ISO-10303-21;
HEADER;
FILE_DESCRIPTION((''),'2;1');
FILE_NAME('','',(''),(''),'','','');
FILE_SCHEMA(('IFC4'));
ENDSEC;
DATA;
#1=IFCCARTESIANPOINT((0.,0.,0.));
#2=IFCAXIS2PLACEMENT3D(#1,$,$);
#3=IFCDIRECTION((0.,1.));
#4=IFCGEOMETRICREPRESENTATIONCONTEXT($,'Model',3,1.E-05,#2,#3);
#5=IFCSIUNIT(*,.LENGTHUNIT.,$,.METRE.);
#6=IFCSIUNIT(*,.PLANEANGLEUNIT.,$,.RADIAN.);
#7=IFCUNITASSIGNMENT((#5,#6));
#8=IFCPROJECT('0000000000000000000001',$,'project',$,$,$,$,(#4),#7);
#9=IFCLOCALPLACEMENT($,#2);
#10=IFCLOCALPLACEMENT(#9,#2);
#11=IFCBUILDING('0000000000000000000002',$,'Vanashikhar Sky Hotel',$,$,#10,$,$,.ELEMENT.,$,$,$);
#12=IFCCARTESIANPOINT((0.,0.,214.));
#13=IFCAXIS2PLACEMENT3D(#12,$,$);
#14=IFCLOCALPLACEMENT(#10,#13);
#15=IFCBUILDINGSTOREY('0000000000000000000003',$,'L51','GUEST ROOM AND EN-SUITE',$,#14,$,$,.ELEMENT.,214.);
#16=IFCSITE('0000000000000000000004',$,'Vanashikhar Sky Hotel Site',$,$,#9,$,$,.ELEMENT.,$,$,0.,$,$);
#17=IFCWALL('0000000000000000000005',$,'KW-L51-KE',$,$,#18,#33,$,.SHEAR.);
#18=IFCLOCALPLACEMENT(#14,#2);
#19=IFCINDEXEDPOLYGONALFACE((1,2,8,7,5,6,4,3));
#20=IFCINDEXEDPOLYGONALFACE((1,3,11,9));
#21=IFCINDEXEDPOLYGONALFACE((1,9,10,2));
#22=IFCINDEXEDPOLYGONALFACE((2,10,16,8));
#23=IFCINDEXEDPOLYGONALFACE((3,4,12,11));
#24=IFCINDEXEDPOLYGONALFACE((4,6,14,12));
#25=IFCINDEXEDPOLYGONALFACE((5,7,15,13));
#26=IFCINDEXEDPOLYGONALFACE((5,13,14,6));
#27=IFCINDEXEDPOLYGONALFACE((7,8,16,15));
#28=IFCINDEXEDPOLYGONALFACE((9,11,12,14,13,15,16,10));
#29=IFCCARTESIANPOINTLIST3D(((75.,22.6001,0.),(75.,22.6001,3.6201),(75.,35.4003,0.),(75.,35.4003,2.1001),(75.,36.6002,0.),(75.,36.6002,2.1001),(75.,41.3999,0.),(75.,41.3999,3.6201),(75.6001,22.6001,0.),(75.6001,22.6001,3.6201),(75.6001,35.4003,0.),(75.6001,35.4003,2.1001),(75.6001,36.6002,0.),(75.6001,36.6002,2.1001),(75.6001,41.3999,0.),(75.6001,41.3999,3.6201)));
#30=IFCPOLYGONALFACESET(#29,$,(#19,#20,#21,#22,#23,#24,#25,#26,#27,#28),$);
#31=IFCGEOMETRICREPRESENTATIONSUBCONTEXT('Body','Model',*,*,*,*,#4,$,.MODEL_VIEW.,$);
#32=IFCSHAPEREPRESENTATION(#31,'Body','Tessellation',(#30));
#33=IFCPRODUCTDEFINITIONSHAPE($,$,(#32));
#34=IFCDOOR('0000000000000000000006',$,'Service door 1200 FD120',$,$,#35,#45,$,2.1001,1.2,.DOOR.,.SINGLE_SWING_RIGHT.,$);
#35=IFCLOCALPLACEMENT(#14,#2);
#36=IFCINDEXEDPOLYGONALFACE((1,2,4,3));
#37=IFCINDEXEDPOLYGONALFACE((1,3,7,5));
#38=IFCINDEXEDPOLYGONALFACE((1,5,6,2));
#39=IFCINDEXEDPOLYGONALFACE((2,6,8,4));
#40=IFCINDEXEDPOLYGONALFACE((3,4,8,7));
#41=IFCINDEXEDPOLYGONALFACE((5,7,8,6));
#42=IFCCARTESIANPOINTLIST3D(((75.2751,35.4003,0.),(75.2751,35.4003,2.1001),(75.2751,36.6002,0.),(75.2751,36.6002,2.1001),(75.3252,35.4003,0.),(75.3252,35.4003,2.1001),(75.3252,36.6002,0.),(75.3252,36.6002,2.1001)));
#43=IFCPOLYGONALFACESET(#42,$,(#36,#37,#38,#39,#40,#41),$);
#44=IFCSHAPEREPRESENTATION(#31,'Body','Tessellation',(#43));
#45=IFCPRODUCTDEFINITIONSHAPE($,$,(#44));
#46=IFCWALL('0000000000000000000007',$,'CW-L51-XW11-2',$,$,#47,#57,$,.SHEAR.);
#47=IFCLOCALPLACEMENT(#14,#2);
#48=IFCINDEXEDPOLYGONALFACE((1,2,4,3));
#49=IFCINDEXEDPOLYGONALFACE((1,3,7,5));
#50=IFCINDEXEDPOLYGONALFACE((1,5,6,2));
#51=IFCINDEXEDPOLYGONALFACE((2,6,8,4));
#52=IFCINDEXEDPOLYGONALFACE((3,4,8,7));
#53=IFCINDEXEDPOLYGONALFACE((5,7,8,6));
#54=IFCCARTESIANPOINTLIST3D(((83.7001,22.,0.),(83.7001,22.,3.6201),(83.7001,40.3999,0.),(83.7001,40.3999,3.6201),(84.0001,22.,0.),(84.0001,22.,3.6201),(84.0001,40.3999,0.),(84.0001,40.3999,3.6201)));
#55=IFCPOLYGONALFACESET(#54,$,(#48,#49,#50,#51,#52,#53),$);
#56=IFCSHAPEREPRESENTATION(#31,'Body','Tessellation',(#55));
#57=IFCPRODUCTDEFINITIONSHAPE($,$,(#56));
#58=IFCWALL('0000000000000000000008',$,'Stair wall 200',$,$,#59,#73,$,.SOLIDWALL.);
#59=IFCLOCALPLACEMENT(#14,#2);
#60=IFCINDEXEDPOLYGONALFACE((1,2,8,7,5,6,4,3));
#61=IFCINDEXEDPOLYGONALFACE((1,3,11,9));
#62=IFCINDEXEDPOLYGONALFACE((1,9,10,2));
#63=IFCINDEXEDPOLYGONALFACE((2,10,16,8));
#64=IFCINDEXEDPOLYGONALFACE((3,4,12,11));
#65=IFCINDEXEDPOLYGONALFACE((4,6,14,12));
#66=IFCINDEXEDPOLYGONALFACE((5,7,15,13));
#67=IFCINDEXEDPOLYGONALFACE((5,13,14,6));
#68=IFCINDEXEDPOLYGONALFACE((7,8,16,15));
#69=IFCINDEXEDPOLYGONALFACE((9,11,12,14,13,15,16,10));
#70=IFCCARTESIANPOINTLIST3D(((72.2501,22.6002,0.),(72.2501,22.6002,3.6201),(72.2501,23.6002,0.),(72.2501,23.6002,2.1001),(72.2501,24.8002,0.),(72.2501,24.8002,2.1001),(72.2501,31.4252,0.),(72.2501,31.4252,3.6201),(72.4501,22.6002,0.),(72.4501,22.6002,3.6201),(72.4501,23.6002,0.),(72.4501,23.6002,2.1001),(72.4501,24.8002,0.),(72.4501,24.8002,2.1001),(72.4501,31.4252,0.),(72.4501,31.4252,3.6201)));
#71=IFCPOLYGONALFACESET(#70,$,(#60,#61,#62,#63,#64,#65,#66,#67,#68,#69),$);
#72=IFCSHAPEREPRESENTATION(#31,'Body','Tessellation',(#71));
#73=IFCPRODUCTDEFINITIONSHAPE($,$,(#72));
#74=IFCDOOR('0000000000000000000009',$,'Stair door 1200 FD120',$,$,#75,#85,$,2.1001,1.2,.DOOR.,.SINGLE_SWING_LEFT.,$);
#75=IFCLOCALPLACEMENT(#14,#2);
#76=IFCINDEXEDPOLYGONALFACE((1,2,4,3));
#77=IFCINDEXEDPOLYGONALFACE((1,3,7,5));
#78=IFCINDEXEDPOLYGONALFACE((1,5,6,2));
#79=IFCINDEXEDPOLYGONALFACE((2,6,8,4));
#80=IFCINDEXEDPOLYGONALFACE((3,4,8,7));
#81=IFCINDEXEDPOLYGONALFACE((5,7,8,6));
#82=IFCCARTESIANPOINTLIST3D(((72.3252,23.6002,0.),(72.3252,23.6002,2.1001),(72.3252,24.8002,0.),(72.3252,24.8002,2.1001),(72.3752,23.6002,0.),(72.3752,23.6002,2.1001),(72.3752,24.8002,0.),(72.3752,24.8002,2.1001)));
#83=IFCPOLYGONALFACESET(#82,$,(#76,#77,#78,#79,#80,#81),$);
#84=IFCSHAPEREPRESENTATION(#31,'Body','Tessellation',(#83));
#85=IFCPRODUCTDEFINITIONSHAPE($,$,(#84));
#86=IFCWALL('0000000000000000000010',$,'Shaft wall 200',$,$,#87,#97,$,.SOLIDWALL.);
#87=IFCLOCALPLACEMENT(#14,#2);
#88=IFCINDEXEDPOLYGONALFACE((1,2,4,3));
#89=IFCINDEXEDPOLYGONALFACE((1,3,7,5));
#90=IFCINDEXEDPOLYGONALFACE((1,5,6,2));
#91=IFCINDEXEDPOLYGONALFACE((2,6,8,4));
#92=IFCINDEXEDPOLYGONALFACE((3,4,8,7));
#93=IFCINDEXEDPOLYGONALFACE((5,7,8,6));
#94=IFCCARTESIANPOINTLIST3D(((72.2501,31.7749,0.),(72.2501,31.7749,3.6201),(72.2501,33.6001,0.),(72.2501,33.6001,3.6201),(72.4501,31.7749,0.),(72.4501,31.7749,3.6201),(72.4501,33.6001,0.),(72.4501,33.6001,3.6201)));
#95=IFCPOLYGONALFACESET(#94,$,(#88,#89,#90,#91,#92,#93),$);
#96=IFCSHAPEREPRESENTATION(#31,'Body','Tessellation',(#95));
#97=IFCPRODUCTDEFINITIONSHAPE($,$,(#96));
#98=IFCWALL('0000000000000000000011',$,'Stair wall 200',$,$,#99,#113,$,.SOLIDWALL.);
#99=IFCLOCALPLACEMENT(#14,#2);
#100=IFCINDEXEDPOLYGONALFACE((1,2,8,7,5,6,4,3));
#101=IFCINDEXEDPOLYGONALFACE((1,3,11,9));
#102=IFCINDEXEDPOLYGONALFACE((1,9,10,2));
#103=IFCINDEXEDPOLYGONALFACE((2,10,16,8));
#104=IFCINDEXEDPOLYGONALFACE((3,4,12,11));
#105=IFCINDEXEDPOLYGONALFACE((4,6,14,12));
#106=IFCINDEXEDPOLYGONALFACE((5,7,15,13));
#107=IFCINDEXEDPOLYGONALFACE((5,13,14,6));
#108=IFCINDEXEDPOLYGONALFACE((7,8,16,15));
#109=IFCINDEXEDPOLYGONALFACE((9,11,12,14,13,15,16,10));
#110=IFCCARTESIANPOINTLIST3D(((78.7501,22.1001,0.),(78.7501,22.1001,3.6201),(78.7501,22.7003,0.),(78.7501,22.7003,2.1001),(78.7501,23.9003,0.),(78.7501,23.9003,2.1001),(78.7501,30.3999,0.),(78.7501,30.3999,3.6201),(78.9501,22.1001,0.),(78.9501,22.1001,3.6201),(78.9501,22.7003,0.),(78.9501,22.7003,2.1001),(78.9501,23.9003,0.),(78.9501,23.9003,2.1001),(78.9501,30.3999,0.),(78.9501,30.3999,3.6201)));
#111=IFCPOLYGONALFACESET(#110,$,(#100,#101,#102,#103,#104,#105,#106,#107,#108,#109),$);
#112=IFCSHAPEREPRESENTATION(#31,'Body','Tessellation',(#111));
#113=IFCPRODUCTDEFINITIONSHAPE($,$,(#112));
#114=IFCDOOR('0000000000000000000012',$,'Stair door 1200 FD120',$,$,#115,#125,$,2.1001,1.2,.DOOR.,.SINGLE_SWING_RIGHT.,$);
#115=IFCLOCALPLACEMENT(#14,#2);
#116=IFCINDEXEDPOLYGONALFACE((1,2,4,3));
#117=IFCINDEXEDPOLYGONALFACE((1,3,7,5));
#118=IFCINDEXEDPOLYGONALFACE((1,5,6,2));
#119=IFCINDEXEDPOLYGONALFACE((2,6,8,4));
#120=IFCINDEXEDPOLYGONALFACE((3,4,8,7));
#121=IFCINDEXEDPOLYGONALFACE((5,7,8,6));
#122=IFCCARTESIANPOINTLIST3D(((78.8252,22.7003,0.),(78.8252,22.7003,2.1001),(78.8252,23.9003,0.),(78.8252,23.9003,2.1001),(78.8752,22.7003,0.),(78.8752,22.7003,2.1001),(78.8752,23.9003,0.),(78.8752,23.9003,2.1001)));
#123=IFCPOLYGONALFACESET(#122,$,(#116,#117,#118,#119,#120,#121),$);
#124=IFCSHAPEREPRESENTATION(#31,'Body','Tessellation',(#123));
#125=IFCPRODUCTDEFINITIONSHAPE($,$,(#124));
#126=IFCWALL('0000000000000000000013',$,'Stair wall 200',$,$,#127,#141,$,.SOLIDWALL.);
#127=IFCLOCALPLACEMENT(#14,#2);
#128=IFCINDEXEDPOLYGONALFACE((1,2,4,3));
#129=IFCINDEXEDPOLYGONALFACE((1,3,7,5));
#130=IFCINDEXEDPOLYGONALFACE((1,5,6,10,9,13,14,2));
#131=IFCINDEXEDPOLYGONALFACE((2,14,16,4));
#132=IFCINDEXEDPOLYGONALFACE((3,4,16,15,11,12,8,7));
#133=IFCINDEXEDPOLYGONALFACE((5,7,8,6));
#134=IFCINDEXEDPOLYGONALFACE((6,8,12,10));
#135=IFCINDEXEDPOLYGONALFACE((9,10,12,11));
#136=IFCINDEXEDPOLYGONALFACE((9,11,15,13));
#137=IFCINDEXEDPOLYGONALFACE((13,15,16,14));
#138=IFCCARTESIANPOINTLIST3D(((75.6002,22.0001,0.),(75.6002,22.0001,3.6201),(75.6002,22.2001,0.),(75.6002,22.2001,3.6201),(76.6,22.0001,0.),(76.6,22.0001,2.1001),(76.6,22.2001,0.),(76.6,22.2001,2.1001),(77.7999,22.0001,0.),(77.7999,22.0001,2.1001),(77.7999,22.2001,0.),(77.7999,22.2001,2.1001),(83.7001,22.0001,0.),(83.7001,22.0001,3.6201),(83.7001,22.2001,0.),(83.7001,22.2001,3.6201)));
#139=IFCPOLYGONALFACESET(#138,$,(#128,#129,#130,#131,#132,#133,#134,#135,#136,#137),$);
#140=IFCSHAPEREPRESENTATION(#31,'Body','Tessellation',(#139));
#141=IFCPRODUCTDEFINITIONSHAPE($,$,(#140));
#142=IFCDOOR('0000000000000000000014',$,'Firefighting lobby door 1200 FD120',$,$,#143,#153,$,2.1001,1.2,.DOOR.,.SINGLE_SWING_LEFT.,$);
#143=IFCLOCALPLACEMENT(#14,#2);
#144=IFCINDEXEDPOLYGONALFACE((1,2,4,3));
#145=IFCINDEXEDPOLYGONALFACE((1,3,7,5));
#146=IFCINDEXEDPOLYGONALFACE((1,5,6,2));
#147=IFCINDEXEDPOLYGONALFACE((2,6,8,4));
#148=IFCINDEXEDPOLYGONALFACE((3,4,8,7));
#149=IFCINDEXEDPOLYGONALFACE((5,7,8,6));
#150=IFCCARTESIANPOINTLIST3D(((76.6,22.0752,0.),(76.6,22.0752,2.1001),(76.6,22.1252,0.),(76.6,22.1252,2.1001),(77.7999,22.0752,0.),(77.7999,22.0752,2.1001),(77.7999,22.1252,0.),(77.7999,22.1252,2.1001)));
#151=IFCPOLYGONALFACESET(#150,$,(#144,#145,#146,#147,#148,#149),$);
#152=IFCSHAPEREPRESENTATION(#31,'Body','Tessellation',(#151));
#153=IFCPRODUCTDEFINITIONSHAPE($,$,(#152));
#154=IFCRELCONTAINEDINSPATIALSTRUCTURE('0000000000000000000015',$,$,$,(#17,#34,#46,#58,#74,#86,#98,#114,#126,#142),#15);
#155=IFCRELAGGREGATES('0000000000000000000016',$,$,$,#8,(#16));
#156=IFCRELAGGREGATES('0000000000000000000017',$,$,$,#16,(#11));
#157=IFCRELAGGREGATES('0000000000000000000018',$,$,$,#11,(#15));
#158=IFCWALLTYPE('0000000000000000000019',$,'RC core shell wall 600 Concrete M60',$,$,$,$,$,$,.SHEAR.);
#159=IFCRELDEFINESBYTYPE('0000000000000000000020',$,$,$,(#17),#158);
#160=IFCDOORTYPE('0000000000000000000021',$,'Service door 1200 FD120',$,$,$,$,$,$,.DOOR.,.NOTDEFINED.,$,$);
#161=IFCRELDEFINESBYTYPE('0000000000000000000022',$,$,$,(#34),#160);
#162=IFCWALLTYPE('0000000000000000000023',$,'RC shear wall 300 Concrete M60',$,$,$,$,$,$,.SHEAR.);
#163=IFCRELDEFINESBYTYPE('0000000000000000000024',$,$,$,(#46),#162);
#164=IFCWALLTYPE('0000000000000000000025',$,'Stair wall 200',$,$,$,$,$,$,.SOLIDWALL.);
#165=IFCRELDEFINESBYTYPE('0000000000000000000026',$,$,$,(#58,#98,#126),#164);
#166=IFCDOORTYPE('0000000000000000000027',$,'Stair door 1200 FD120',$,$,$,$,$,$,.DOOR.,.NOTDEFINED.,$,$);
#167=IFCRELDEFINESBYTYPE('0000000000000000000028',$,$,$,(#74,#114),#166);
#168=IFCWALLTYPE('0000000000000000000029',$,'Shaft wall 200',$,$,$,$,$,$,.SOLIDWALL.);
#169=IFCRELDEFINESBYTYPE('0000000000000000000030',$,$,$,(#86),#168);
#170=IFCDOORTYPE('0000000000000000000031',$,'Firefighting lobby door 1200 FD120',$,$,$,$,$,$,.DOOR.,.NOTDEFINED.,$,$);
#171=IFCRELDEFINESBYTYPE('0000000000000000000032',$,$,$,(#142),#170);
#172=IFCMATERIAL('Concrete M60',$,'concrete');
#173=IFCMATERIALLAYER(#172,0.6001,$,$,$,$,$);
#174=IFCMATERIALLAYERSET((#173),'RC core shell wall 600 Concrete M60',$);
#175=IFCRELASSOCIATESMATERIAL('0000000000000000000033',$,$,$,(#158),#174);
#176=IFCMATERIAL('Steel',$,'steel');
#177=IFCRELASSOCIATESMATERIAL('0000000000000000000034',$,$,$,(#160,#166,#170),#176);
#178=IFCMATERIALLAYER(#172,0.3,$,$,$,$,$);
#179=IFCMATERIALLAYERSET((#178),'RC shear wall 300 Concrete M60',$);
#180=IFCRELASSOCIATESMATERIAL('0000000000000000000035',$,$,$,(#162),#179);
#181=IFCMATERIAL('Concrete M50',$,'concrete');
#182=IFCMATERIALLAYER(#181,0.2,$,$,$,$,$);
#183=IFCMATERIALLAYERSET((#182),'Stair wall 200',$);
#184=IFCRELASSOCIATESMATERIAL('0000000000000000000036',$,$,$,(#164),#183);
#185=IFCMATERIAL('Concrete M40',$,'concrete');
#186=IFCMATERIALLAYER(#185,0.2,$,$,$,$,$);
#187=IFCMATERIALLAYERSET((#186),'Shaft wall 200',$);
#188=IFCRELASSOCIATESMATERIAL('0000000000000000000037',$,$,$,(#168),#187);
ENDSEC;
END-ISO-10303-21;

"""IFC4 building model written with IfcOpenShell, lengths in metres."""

from ifc_helpers import new_model, si_unit, direction, frame, frame_2d, origin, place, context, subcontext, project, spatial, rectangle, extrude, source, transform, mapped, material, layer, layer_set, type_object, element, fill, save


model = new_model("IFC4")

# Units and contexts
model_context = context("Model", 3, precision=1e-05, world=origin(), true_north=direction((0.0, 1.0)))
body_context = subcontext(model_context, "Body", "Model", "MODEL_VIEW")
ifc_project = project(units=[si_unit("LENGTHUNIT", "METRE"), si_unit("PLANEANGLEUNIT", "RADIAN")], contexts=[model_context])

# Site, building, storey
site_placement = place(None, origin())
site = spatial("IfcSite", under=ifc_project, at=site_placement, Name="Vanashikhar Sky Hotel Site", CompositionType="ELEMENT", RefElevation=0.0)
building_placement = place(site_placement, origin())
building = spatial("IfcBuilding", under=site, at=building_placement, Name="Vanashikhar Sky Hotel", CompositionType="ELEMENT")
storey_placement = place(building_placement, frame((0.0, 0.0, 214.0)))
storey = spatial("IfcBuildingStorey", under=building, at=storey_placement, Name="L51", Description="GUEST ROOM AND EN-SUITE", CompositionType="ELEMENT", Elevation=214.0)

# Wall, opening, door
ifc_material_1 = material(Name="Concrete M60", Category="concrete")
ifc_layer_1 = layer(ifc_material_1, 0.6001)
ifc_layer_set_1 = layer_set([ifc_layer_1], Name="RC core shell wall 600 Concrete M60")
wall_type_1 = type_object("IfcWallType", Name="RC core shell wall 600 Concrete M60", PredefinedType="SHEAR", material=ifc_layer_set_1)
shared_shape_1 = source(origin(), body_context, "Body", "SweptSolid", [
    extrude(rectangle(XDim=18.7998, YDim=0.6001, at=frame_2d((9.3999, 0.0))), origin(), (0.0, 0.0, 1.0), 3.6201),
])
wall_1_placement = place(storey_placement, frame((75.3, 22.6001, 0.0), z_axis=(0.0, 0.0, 1.0), x_axis=(0.0, 1.0, 0.0)))
wall_1 = element("IfcWall", 1, at=wall_1_placement, inside=storey, type_object=wall_type_1, Name="KW-L51-KE", PredefinedType="SHEAR", context=body_context, shape_type="MappedRepresentation", body=[
    mapped(shared_shape_1, transform((0.0, 0.0, 0.0), scale=1.0)),
])
shared_shape_2 = source(origin(), body_context, "Body", "SweptSolid", [
    extrude(rectangle(XDim=1.2, YDim=2.1001, at=frame_2d((0.6001, 1.05))), frame((0.0, 0.3101, 0.0), z_axis=(0.0, -1.0, 0.0), x_axis=(1.0, 0.0, 0.0)), (0.0, 0.0, 1.0), 0.6201),
])
opening_1_placement = place(wall_1_placement, frame((12.8, 0.0, 0.0)))
opening_1 = element("IfcOpeningElement", 2, at=opening_1_placement, cuts=wall_1, PredefinedType="OPENING", context=body_context, shape_type="MappedRepresentation", body=[
    mapped(shared_shape_2, transform((0.0, 0.0, 0.0), scale=1.0)),
])
ifc_material_2 = material(Name="Steel", Category="steel")
door_type_1 = type_object("IfcDoorType", Name="Service door 1200 FD120", OperationType="NOTDEFINED", PredefinedType="DOOR", material=ifc_material_2)
shared_shape_3 = source(origin(), body_context, "Body", "SweptSolid", [
    extrude(rectangle(XDim=1.2, YDim=2.1001, at=frame_2d((0.6001, 1.05))), frame((0.0, 0.0249, 0.0), z_axis=(0.0, -1.0, 0.0), x_axis=(1.0, 0.0, 0.0)), (0.0, 0.0, 1.0), 0.05),
])
door_1_placement = place(opening_1_placement, origin())
door_1 = element("IfcDoor", 3, at=door_1_placement, inside=storey, type_object=door_type_1, Name="Service door 1200 FD120", OperationType="SINGLE_SWING_RIGHT", OverallHeight=2.1001, OverallWidth=1.2, PredefinedType="DOOR", context=body_context, shape_type="MappedRepresentation", body=[
    mapped(shared_shape_3, transform((0.0, 0.0, 0.0), scale=1.0)),
])
fill(opening_1, door_1)

# Wall
ifc_layer_2 = layer(ifc_material_1, 0.3)
ifc_layer_set_2 = layer_set([ifc_layer_2], Name="RC shear wall 300 Concrete M60")
wall_type_2 = type_object("IfcWallType", Name="RC shear wall 300 Concrete M60", PredefinedType="SHEAR", material=ifc_layer_set_2)
shared_shape_4 = source(origin(), body_context, "Body", "SweptSolid", [
    extrude(rectangle(XDim=18.3999, YDim=0.3, at=frame_2d((9.2, 0.0))), origin(), (0.0, 0.0, 1.0), 3.6201),
])
wall_2_placement = place(storey_placement, frame((83.8501, 22.0, 0.0), z_axis=(0.0, 0.0, 1.0), x_axis=(0.0, 1.0, 0.0)))
element("IfcWall", 4, at=wall_2_placement, inside=storey, type_object=wall_type_2, Name="CW-L51-XW11-2", PredefinedType="SHEAR", context=body_context, shape_type="MappedRepresentation", body=[
    mapped(shared_shape_4, transform((0.0, 0.0, 0.0), scale=1.0)),
])

# Wall, opening, door
ifc_material_3 = material(Name="Concrete M50", Category="concrete")
ifc_layer_3 = layer(ifc_material_3, 0.2)
ifc_layer_set_3 = layer_set([ifc_layer_3], Name="Stair wall 200")
wall_type_3 = type_object("IfcWallType", Name="Stair wall 200", PredefinedType="SOLIDWALL", material=ifc_layer_set_3)
shared_shape_5 = source(origin(), body_context, "Body", "SweptSolid", [
    extrude(rectangle(XDim=8.825, YDim=0.2, at=frame_2d((4.4126, 0.0))), origin(), (0.0, 0.0, 1.0), 3.6201),
])
wall_3_placement = place(storey_placement, frame((72.3501, 22.6001, 0.0), z_axis=(0.0, 0.0, 1.0), x_axis=(0.0, 1.0, 0.0)))
wall_3 = element("IfcWall", 5, at=wall_3_placement, inside=storey, type_object=wall_type_3, Name="Stair wall 200", PredefinedType="SOLIDWALL", context=body_context, shape_type="MappedRepresentation", body=[
    mapped(shared_shape_5, transform((0.0, 0.0, 0.0), scale=1.0)),
])
shared_shape_6 = source(origin(), body_context, "Body", "SweptSolid", [
    extrude(rectangle(XDim=1.2, YDim=2.1001, at=frame_2d((0.6001, 1.05))), frame((0.0, 0.1099, 0.0), z_axis=(0.0, -1.0, 0.0), x_axis=(1.0, 0.0, 0.0)), (0.0, 0.0, 1.0), 0.22),
])
opening_2_placement = place(wall_3_placement, frame((1.0, 0.0, 0.0)))
opening_2 = element("IfcOpeningElement", 6, at=opening_2_placement, cuts=wall_3, PredefinedType="OPENING", context=body_context, shape_type="MappedRepresentation", body=[
    mapped(shared_shape_6, transform((0.0, 0.0, 0.0), scale=1.0)),
])
door_type_2 = type_object("IfcDoorType", Name="Stair door 1200 FD120", OperationType="NOTDEFINED", PredefinedType="DOOR", material=ifc_material_2)
door_2_placement = place(opening_2_placement, origin())
door_2 = element("IfcDoor", 7, at=door_2_placement, inside=storey, type_object=door_type_2, Name="Stair door 1200 FD120", OperationType="SINGLE_SWING_LEFT", OverallHeight=2.1001, OverallWidth=1.2, PredefinedType="DOOR", context=body_context, shape_type="MappedRepresentation", body=[
    mapped(shared_shape_3, transform((0.0, 0.0, 0.0), scale=1.0)),
])
fill(opening_2, door_2)

# Wall
ifc_material_4 = material(Name="Concrete M40", Category="concrete")
ifc_layer_4 = layer(ifc_material_4, 0.2)
ifc_layer_set_4 = layer_set([ifc_layer_4], Name="Shaft wall 200")
wall_type_4 = type_object("IfcWallType", Name="Shaft wall 200", PredefinedType="SOLIDWALL", material=ifc_layer_set_4)
shared_shape_7 = source(origin(), body_context, "Body", "SweptSolid", [
    extrude(rectangle(XDim=1.8252, YDim=0.2, at=frame_2d((0.9126, 0.0))), origin(), (0.0, 0.0, 1.0), 3.6201),
])
wall_4_placement = place(storey_placement, frame((72.3501, 31.7749, 0.0), z_axis=(0.0, 0.0, 1.0), x_axis=(0.0, 1.0, 0.0)))
element("IfcWall", 8, at=wall_4_placement, inside=storey, type_object=wall_type_4, Name="Shaft wall 200", PredefinedType="SOLIDWALL", context=body_context, shape_type="MappedRepresentation", body=[
    mapped(shared_shape_7, transform((0.0, 0.0, 0.0), scale=1.0)),
])

# Walls, openings, doors
shared_shape_8 = source(origin(), body_context, "Body", "SweptSolid", [
    extrude(rectangle(XDim=8.2998, YDim=0.2, at=frame_2d((4.1499, 0.0))), origin(), (0.0, 0.0, 1.0), 3.6201),
])
wall_5_placement = place(storey_placement, frame((78.8501, 22.1001, 0.0), z_axis=(0.0, 0.0, 1.0), x_axis=(0.0, 1.0, 0.0)))
wall_5 = element("IfcWall", 9, at=wall_5_placement, inside=storey, type_object=wall_type_3, Name="Stair wall 200", PredefinedType="SOLIDWALL", context=body_context, shape_type="MappedRepresentation", body=[
    mapped(shared_shape_8, transform((0.0, 0.0, 0.0), scale=1.0)),
])
opening_3_placement = place(wall_5_placement, frame((0.6001, 0.0, 0.0)))
opening_3 = element("IfcOpeningElement", 10, at=opening_3_placement, cuts=wall_5, PredefinedType="OPENING", context=body_context, shape_type="MappedRepresentation", body=[
    mapped(shared_shape_6, transform((0.0, 0.0, 0.0), scale=1.0)),
])
door_3_placement = place(opening_3_placement, origin())
door_3 = element("IfcDoor", 11, at=door_3_placement, inside=storey, type_object=door_type_2, Name="Stair door 1200 FD120", OperationType="SINGLE_SWING_RIGHT", OverallHeight=2.1001, OverallWidth=1.2, PredefinedType="DOOR", context=body_context, shape_type="MappedRepresentation", body=[
    mapped(shared_shape_3, transform((0.0, 0.0, 0.0), scale=1.0)),
])
fill(opening_3, door_3)
shared_shape_9 = source(origin(), body_context, "Body", "SweptSolid", [
    extrude(rectangle(XDim=8.0999, YDim=0.2, at=frame_2d((4.0498, 0.0))), origin(), (0.0, 0.0, 1.0), 3.6201),
])
wall_6_placement = place(storey_placement, frame((83.7, 22.1001, 0.0), z_axis=(0.0, 0.0, 1.0), x_axis=(-1.0, 0.0, 0.0)))
wall_6 = element("IfcWall", 12, at=wall_6_placement, inside=storey, type_object=wall_type_3, Name="Stair wall 200", PredefinedType="SOLIDWALL", context=body_context, shape_type="MappedRepresentation", body=[
    mapped(shared_shape_9, transform((0.0, 0.0, 0.0), scale=1.0)),
])
opening_4_placement = place(wall_6_placement, frame((5.8999, 0.0, 0.0)))
opening_4 = element("IfcOpeningElement", 13, at=opening_4_placement, cuts=wall_6, PredefinedType="OPENING", context=body_context, shape_type="MappedRepresentation", body=[
    mapped(shared_shape_6, transform((0.0, 0.0, 0.0), scale=1.0)),
])
door_type_3 = type_object("IfcDoorType", Name="Firefighting lobby door 1200 FD120", OperationType="NOTDEFINED", PredefinedType="DOOR", material=ifc_material_2)
door_4_placement = place(opening_4_placement, origin())
door_4 = element("IfcDoor", 14, at=door_4_placement, inside=storey, type_object=door_type_3, Name="Firefighting lobby door 1200 FD120", OperationType="SINGLE_SWING_LEFT", OverallHeight=2.1001, OverallWidth=1.2, PredefinedType="DOOR", context=body_context, shape_type="MappedRepresentation", body=[
    mapped(shared_shape_3, transform((0.0, 0.0, 0.0), scale=1.0)),
])
fill(opening_4, door_4)

save(model, "model.ifc")
